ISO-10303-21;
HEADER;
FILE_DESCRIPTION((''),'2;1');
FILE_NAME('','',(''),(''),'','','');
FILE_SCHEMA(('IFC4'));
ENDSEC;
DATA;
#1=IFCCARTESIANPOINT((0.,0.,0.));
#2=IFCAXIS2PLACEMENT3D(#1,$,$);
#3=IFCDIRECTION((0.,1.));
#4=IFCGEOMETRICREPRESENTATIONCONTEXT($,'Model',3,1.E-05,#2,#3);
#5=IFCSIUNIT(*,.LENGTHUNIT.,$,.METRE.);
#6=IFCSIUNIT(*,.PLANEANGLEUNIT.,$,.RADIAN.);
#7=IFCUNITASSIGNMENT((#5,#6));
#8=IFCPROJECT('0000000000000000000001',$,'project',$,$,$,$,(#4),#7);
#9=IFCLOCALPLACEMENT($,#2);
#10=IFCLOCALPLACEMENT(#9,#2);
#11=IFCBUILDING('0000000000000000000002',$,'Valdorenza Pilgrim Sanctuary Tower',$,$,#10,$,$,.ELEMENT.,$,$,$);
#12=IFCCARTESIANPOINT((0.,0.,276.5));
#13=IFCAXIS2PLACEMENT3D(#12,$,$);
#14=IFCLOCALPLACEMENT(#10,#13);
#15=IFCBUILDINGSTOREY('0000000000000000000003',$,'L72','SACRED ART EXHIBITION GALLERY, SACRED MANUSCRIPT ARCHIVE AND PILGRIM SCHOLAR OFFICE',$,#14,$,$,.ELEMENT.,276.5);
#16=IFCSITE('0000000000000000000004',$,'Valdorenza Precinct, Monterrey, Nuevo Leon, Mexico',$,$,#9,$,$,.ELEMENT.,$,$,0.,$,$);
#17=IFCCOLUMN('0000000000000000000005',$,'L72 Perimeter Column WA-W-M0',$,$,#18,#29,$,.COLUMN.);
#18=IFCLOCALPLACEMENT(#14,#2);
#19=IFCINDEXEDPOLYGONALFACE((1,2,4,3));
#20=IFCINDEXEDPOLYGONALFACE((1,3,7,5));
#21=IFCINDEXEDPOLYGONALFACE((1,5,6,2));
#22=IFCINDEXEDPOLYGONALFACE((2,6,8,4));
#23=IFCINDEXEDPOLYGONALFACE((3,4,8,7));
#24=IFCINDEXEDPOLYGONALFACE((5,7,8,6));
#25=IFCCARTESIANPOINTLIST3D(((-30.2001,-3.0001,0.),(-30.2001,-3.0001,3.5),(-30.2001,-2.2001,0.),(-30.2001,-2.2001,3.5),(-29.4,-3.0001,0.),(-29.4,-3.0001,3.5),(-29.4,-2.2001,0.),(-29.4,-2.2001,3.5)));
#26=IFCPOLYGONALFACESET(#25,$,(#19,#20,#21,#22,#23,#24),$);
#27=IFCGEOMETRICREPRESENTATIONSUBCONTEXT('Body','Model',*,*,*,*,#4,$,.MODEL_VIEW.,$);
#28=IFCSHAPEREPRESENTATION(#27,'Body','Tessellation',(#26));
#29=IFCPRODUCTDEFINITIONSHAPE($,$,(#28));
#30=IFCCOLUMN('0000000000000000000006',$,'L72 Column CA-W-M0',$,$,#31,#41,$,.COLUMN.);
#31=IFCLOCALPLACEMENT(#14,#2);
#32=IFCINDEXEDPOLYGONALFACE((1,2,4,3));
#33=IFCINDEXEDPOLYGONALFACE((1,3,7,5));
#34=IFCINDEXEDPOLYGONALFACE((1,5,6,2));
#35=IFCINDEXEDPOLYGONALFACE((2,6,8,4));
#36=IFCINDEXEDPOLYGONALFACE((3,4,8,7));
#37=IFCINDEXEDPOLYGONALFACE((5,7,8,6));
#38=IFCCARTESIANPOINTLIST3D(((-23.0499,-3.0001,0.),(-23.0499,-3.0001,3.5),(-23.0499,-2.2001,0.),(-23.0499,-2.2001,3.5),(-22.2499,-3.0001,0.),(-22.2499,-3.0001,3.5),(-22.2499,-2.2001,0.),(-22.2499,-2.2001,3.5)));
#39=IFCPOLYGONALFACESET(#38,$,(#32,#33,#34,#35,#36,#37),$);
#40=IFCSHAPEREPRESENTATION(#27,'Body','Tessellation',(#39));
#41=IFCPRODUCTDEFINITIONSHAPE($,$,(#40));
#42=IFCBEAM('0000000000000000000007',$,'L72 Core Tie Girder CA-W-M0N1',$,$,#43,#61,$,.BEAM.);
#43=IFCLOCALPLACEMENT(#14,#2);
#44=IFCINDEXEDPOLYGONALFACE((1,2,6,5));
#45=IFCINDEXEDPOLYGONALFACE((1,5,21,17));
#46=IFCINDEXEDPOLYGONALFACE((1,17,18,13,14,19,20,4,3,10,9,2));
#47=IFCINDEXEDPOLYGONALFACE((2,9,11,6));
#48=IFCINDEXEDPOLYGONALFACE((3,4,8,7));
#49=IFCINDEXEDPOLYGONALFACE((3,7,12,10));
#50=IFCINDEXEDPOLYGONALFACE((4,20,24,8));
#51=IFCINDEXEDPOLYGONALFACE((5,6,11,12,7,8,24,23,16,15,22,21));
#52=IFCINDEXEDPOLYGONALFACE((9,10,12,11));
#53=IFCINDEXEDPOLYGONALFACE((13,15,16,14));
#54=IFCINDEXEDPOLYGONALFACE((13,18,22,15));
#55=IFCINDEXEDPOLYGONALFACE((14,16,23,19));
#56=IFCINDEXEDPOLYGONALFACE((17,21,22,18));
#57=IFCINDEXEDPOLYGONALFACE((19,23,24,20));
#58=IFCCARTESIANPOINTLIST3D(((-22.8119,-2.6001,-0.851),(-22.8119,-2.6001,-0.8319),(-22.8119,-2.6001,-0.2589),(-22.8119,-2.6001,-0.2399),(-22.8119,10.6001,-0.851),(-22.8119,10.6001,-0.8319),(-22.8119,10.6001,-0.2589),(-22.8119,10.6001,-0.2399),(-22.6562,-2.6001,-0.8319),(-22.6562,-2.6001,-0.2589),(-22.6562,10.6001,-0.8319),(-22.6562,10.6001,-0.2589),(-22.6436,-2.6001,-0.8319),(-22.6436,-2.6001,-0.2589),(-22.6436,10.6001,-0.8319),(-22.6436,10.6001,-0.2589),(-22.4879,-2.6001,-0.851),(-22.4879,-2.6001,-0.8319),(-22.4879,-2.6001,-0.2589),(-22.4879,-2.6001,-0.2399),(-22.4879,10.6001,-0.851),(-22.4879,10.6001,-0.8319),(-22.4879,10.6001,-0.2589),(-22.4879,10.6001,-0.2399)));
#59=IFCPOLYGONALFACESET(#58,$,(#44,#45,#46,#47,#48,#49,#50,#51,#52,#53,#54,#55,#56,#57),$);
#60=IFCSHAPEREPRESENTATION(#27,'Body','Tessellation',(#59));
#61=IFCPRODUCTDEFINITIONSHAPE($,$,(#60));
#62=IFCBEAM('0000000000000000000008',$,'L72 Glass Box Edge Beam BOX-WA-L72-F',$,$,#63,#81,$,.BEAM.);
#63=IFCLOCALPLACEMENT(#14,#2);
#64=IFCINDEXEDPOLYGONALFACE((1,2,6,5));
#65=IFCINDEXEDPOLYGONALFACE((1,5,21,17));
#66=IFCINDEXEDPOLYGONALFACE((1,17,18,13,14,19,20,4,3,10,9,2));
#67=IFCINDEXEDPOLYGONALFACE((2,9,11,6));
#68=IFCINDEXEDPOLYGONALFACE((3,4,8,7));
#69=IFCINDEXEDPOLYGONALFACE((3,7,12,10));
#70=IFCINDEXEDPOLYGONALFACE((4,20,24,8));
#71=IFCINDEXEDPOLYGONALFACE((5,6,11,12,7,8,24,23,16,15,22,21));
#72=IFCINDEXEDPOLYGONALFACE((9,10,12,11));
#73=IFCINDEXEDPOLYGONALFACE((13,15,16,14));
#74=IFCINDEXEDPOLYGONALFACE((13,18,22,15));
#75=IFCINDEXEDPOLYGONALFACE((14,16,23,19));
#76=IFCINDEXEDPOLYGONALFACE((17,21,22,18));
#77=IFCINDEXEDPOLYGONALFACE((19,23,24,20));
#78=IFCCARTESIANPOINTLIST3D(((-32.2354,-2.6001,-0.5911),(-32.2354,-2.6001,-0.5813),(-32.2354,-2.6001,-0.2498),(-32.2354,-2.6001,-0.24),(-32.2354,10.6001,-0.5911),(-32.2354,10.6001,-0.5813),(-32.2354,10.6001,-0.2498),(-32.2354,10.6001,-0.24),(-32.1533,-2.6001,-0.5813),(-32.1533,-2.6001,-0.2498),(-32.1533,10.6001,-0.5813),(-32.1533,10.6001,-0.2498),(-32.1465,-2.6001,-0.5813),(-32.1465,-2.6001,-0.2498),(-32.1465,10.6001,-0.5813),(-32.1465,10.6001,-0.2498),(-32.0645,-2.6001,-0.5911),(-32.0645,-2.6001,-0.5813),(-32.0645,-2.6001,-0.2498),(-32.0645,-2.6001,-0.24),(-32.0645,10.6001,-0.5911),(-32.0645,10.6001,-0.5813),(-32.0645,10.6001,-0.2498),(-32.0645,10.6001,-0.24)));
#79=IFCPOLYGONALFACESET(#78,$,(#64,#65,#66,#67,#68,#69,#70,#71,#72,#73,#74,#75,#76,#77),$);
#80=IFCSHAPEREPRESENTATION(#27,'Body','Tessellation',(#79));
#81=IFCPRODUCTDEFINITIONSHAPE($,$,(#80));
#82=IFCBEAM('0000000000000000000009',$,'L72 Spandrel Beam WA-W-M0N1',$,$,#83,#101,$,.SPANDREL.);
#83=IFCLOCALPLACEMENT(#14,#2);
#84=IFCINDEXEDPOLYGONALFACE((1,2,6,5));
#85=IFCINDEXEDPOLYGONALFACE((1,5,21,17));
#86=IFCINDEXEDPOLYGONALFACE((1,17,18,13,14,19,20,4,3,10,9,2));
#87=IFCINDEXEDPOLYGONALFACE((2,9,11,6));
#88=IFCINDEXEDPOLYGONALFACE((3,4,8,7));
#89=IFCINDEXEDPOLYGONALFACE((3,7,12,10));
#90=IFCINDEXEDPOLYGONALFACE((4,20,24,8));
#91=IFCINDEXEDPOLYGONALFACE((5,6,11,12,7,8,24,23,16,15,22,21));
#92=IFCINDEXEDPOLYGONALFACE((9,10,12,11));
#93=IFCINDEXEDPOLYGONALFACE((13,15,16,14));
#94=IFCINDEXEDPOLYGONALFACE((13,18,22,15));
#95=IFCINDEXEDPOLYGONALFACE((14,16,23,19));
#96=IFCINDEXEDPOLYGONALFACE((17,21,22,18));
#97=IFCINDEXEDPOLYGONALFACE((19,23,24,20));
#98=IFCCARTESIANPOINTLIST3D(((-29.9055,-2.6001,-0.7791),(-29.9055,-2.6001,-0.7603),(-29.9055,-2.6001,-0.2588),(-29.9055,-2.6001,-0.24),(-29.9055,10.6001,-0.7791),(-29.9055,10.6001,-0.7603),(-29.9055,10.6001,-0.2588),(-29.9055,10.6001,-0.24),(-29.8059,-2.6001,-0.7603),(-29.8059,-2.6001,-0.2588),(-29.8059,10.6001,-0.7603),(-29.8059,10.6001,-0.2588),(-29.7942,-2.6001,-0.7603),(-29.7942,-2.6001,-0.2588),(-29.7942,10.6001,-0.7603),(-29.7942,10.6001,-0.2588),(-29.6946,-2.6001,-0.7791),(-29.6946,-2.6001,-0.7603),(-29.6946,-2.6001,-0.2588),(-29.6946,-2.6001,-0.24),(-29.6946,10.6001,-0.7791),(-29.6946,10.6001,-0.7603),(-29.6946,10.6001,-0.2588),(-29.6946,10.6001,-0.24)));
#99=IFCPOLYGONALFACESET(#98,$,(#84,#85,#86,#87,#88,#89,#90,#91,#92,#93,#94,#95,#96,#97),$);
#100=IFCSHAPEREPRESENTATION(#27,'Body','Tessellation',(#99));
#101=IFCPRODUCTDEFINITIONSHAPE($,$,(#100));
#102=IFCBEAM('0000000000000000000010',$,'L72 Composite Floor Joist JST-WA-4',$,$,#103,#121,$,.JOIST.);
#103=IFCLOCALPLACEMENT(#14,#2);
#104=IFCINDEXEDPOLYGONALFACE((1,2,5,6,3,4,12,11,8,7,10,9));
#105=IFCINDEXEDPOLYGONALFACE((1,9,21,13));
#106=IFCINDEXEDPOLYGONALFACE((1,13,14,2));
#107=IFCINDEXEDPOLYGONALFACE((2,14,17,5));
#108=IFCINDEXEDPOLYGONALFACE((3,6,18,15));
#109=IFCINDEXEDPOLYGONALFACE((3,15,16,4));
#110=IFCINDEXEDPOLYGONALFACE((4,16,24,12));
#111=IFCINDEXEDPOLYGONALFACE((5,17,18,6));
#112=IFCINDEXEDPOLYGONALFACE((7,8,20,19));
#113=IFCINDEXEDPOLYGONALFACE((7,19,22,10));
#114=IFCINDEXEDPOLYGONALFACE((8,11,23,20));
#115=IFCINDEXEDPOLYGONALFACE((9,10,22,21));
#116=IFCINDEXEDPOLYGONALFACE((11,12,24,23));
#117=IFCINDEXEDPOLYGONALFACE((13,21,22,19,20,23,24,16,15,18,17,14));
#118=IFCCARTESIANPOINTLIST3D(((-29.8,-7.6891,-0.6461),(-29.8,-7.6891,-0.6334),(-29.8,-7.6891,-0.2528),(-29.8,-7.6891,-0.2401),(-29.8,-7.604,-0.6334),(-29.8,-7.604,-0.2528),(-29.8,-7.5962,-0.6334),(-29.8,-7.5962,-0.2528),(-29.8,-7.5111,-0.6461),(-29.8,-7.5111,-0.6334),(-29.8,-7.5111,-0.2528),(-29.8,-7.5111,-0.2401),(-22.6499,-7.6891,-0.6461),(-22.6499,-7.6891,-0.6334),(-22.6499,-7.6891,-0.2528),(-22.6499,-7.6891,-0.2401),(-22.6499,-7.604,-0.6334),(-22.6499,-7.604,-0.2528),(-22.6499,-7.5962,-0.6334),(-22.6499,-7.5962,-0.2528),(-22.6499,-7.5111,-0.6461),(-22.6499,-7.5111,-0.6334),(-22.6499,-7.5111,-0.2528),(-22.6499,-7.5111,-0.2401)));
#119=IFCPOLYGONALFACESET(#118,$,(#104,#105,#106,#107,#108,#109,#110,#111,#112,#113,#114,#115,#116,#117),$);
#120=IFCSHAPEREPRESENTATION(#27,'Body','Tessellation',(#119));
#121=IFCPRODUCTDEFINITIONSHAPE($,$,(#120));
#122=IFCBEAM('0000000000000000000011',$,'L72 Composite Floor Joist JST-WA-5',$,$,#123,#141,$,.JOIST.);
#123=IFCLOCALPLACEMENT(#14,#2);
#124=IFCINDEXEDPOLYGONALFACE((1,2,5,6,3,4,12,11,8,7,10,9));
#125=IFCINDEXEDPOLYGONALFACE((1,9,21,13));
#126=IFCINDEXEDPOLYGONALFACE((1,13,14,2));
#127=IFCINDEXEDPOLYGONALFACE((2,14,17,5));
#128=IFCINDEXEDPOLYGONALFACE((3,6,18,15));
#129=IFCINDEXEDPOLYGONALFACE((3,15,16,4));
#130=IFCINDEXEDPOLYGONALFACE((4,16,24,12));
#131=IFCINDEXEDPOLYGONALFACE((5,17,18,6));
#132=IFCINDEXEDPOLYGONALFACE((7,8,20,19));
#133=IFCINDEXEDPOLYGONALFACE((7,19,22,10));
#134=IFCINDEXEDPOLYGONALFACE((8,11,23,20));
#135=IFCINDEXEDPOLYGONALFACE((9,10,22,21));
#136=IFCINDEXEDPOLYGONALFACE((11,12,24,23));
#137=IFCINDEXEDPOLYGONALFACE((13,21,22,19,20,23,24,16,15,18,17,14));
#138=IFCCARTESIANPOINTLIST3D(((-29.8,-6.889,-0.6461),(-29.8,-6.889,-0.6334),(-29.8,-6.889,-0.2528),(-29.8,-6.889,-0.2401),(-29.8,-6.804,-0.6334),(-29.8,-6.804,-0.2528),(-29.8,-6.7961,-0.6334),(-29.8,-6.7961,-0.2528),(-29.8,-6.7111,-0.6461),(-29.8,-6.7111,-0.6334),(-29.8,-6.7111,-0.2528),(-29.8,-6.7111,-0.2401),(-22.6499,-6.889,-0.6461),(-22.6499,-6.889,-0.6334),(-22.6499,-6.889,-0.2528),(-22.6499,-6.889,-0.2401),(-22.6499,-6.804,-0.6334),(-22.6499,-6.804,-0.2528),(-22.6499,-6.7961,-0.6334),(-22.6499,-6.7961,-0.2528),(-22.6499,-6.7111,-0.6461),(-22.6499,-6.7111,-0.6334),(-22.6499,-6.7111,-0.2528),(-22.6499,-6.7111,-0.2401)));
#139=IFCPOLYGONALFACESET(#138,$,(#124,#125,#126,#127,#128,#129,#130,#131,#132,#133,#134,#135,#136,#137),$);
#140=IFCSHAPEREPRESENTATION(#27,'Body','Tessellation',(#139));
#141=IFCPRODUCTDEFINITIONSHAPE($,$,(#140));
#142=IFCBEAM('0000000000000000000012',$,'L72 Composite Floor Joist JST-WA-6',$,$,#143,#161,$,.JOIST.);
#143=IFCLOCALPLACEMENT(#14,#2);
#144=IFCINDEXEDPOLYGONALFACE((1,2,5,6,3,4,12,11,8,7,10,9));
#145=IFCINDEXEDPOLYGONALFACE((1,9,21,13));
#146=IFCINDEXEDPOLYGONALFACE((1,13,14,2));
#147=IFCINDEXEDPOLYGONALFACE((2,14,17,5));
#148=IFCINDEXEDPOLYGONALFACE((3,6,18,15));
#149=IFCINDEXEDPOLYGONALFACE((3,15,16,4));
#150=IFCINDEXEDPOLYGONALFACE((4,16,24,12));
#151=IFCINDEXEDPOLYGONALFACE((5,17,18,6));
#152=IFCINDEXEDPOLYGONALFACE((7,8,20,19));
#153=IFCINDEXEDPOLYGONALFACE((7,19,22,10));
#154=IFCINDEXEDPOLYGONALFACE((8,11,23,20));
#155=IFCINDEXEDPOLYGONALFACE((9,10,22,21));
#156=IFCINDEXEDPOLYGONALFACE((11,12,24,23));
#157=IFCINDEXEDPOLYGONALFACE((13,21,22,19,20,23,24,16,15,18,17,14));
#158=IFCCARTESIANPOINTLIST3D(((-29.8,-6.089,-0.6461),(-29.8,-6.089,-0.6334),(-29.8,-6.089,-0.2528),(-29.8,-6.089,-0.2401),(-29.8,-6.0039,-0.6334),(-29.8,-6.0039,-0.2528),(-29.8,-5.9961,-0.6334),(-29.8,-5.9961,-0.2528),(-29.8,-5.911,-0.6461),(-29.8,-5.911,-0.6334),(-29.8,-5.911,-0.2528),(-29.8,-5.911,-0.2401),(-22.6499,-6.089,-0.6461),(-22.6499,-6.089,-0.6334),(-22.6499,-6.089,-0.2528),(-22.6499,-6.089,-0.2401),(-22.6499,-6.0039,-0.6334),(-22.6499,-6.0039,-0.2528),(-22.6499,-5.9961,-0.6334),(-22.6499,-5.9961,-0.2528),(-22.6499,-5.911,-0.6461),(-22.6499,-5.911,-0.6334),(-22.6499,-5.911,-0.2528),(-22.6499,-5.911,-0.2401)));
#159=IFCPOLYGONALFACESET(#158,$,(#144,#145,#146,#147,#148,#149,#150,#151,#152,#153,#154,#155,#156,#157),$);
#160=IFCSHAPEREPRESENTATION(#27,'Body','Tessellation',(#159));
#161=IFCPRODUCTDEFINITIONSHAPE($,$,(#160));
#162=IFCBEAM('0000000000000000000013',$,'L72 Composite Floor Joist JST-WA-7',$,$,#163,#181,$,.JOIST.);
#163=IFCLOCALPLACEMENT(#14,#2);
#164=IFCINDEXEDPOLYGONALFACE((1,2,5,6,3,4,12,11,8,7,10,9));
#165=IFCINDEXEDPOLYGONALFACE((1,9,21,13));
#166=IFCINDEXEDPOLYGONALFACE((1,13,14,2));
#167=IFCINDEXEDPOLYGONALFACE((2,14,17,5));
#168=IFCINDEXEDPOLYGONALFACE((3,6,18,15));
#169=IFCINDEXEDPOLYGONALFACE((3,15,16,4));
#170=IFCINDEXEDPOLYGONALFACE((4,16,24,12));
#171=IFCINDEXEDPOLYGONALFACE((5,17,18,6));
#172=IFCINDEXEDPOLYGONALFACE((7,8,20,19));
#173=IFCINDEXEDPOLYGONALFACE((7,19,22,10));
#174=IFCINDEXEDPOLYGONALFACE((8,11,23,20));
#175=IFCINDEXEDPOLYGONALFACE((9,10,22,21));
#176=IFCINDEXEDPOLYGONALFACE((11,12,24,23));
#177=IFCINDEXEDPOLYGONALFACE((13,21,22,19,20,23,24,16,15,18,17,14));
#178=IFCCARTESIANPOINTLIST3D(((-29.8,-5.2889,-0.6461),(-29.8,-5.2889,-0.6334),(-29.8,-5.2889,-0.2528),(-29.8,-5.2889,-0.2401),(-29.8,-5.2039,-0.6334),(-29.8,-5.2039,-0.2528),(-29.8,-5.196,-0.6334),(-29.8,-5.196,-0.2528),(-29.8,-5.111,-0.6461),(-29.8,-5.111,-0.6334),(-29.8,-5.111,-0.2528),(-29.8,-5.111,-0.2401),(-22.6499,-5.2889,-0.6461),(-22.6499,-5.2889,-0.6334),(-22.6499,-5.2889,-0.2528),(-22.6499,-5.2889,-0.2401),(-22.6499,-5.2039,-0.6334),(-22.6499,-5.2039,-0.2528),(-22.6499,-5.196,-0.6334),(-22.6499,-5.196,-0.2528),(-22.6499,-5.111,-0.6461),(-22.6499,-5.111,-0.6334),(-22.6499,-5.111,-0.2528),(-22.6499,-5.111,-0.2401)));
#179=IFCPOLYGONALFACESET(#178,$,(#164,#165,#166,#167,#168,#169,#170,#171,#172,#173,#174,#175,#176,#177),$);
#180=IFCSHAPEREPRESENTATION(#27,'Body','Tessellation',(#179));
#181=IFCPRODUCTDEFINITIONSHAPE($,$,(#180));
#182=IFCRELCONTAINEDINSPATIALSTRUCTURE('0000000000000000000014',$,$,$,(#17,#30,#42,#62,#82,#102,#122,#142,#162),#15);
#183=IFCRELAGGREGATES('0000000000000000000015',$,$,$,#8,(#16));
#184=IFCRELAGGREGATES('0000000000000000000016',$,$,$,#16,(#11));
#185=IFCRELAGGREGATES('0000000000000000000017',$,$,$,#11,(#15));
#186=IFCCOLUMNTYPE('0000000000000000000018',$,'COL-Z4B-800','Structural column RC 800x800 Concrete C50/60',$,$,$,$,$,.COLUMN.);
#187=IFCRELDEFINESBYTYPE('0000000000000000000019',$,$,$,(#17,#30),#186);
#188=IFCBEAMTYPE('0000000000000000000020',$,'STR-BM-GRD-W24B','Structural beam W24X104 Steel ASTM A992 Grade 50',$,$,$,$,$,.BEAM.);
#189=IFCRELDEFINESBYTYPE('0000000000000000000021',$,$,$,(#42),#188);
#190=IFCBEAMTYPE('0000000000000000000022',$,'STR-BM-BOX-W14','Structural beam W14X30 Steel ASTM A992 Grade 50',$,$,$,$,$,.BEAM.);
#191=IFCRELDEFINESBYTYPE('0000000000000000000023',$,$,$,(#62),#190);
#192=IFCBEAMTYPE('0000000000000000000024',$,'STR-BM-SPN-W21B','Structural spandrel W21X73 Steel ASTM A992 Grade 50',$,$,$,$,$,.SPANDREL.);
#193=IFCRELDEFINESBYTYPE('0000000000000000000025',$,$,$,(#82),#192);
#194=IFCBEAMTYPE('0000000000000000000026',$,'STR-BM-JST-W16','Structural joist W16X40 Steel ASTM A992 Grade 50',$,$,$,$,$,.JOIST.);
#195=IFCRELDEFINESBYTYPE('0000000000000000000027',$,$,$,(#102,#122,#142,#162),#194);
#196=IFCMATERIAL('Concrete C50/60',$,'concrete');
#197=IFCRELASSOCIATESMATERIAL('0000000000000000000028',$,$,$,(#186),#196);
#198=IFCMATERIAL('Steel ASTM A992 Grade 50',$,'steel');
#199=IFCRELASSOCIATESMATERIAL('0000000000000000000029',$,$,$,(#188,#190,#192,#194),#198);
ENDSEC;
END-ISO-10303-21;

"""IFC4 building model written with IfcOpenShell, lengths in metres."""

from ifc_helpers import new_model, si_unit, direction, frame, origin, origin_2d, place, context, subcontext, project, spatial, rectangle, i_section, extrude, source, transform, mapped, material, material_profile, profile_set, type_object, element, save


model = new_model("IFC4")

# Units and contexts
model_context = context("Model", 3, precision=1e-05, world=origin(), true_north=direction((0.0, 1.0)))
body_context = subcontext(model_context, "Body", "Model", "MODEL_VIEW")
ifc_project = project(units=[si_unit("LENGTHUNIT", "METRE"), si_unit("PLANEANGLEUNIT", "RADIAN")], contexts=[model_context])

# Site, building, storey
site_placement = place(None, origin())
site = spatial("IfcSite", under=ifc_project, at=site_placement, Name="Valdorenza Precinct, Monterrey, Nuevo Leon, Mexico", CompositionType="ELEMENT", RefElevation=0.0)
building_placement = place(site_placement, origin())
building = spatial("IfcBuilding", under=site, at=building_placement, Name="Valdorenza Pilgrim Sanctuary Tower", CompositionType="ELEMENT")
storey_placement = place(building_placement, frame((0.0, 0.0, 276.5)))
storey = spatial("IfcBuildingStorey", under=building, at=storey_placement, Name="L72", Description="SACRED ART EXHIBITION GALLERY, SACRED MANUSCRIPT ARCHIVE AND PILGRIM SCHOLAR OFFICE", CompositionType="ELEMENT", Elevation=276.5)

# Columns
ifc_material_1 = material(Name="Concrete C50/60", Category="concrete")
ifc_material_profile_1 = material_profile(ifc_material_1, rectangle(XDim=0.8, YDim=0.8, at=origin_2d()), Name="RC 800x800")
ifc_profile_set_1 = profile_set([ifc_material_profile_1], Name="Concrete C50/60")
column_type = type_object("IfcColumnType", Name="COL-Z4B-800", Description="Structural column RC 800x800 Concrete C50/60", PredefinedType="COLUMN", material=ifc_profile_set_1)
shared_shape_1 = source(origin(), body_context, "Body", "SweptSolid", [
    extrude(rectangle(XDim=0.8, YDim=0.8, at=origin_2d()), origin(), (0.0, 0.0, 1.0), 3.5),
])
for number, where, z_axis, x_axis, name in (
    (1, (-29.8, -2.6001, 0.0), (0.0, 0.0, 1.0), (1.0, 0.0, 0.0), "L72 Perimeter Column WA-W-M0"),
    (2, (-22.6499, -2.6001, 0.0), (0.0, 0.0, 1.0), (1.0, 0.0, 0.0), "L72 Column CA-W-M0"),
):
    element("IfcColumn", number, at=place(storey_placement, frame(where, z_axis=z_axis, x_axis=x_axis)), inside=storey, type_object=column_type, Name=name, PredefinedType="COLUMN", context=body_context, shape_type="MappedRepresentation", body=[
        mapped(shared_shape_1, transform((0.0, 0.0, 0.0), x_axis=(1.0, 0.0, 0.0), y_axis=(0.0, 1.0, 0.0), z_axis=(0.0, 0.0, 1.0), scale=1.0)),
    ])

# Beams
ifc_material_2 = material(Name="Steel ASTM A992 Grade 50", Category="steel")
ifc_material_profile_2 = material_profile(ifc_material_2, i_section(OverallWidth=0.324, OverallDepth=0.6111, WebThickness=0.0127, FlangeThickness=0.019, at=origin_2d()), Name="W24X104")
ifc_profile_set_2 = profile_set([ifc_material_profile_2], Name="Steel ASTM A992 Grade 50")
beam_type_1 = type_object("IfcBeamType", Name="STR-BM-GRD-W24B", Description="Structural beam W24X104 Steel ASTM A992 Grade 50", PredefinedType="BEAM", material=ifc_profile_set_2)
shared_shape_2 = source(origin(), body_context, "Body", "SweptSolid", [
    extrude(i_section(OverallWidth=0.324, OverallDepth=0.6111, WebThickness=0.0127, FlangeThickness=0.019, at=origin_2d()), origin(), (0.0, 0.0, 1.0), 13.2002),
])
beam_1_placement = place(storey_placement, frame((-22.6499, -2.6001, -0.5454), z_axis=(0.0, 1.0, 0.0), x_axis=(-1.0, 0.0, 0.0)))
element("IfcBeam", 3, at=beam_1_placement, inside=storey, type_object=beam_type_1, Name="L72 Core Tie Girder CA-W-M0N1", PredefinedType="BEAM", context=body_context, shape_type="MappedRepresentation", body=[
    mapped(shared_shape_2, transform((0.0, 0.0, 0.0), x_axis=(1.0, 0.0, 0.0), y_axis=(0.0, 1.0, 0.0), z_axis=(0.0, 0.0, 1.0), scale=1.0)),
])
ifc_material_profile_3 = material_profile(ifc_material_2, i_section(OverallWidth=0.1709, OverallDepth=0.3511, WebThickness=0.0068, FlangeThickness=0.0098, at=origin_2d()), Name="W14X30")
ifc_profile_set_3 = profile_set([ifc_material_profile_3], Name="Steel ASTM A992 Grade 50")
beam_type_2 = type_object("IfcBeamType", Name="STR-BM-BOX-W14", Description="Structural beam W14X30 Steel ASTM A992 Grade 50", PredefinedType="BEAM", material=ifc_profile_set_3)
shared_shape_3 = source(origin(), body_context, "Body", "SweptSolid", [
    extrude(i_section(OverallWidth=0.1709, OverallDepth=0.3511, WebThickness=0.0068, FlangeThickness=0.0098, at=origin_2d()), origin(), (0.0, 0.0, 1.0), 13.2002),
])
beam_2_placement = place(storey_placement, frame((-32.1499, -2.6001, -0.4155), z_axis=(0.0, 1.0, 0.0), x_axis=(-1.0, 0.0, 0.0)))
element("IfcBeam", 4, at=beam_2_placement, inside=storey, type_object=beam_type_2, Name="L72 Glass Box Edge Beam BOX-WA-L72-F", PredefinedType="BEAM", context=body_context, shape_type="MappedRepresentation", body=[
    mapped(shared_shape_3, transform((0.0, 0.0, 0.0), x_axis=(1.0, 0.0, 0.0), y_axis=(0.0, 1.0, 0.0), z_axis=(0.0, 0.0, 1.0), scale=1.0)),
])
ifc_material_profile_4 = material_profile(ifc_material_2, i_section(OverallWidth=0.2109, OverallDepth=0.5391, WebThickness=0.0117, FlangeThickness=0.0188, at=origin_2d()), Name="W21X73")
ifc_profile_set_4 = profile_set([ifc_material_profile_4], Name="Steel ASTM A992 Grade 50")
beam_type_3 = type_object("IfcBeamType", Name="STR-BM-SPN-W21B", Description="Structural spandrel W21X73 Steel ASTM A992 Grade 50", PredefinedType="SPANDREL", material=ifc_profile_set_4)
shared_shape_4 = source(origin(), body_context, "Body", "SweptSolid", [
    extrude(i_section(OverallWidth=0.2109, OverallDepth=0.5391, WebThickness=0.0117, FlangeThickness=0.0188, at=origin_2d()), origin(), (0.0, 0.0, 1.0), 13.2002),
])
beam_3_placement = place(storey_placement, frame((-29.8, -2.6001, -0.5095), z_axis=(0.0, 1.0, 0.0), x_axis=(-1.0, 0.0, 0.0)))
element("IfcBeam", 5, at=beam_3_placement, inside=storey, type_object=beam_type_3, Name="L72 Spandrel Beam WA-W-M0N1", PredefinedType="SPANDREL", context=body_context, shape_type="MappedRepresentation", body=[
    mapped(shared_shape_4, transform((0.0, 0.0, 0.0), x_axis=(1.0, 0.0, 0.0), y_axis=(0.0, 1.0, 0.0), z_axis=(0.0, 0.0, 1.0), scale=1.0)),
])
ifc_material_profile_5 = material_profile(ifc_material_2, i_section(OverallWidth=0.178, OverallDepth=0.406, WebThickness=0.0078, FlangeThickness=0.0127, at=origin_2d()), Name="W16X40")
ifc_profile_set_5 = profile_set([ifc_material_profile_5], Name="Steel ASTM A992 Grade 50")
beam_type_4 = type_object("IfcBeamType", Name="STR-BM-JST-W16", Description="Structural joist W16X40 Steel ASTM A992 Grade 50", PredefinedType="JOIST", material=ifc_profile_set_5)
shared_shape_5 = source(origin(), body_context, "Body", "SweptSolid", [
    extrude(i_section(OverallWidth=0.178, OverallDepth=0.406, WebThickness=0.0078, FlangeThickness=0.0127, at=origin_2d()), origin(), (0.0, 0.0, 1.0), 7.1501),
])
for number, where, z_axis, x_axis, name in (
    (6, (-29.8, -7.6001, -0.4431), (1.0, 0.0, 0.0), (0.0, 1.0, 0.0), "L72 Composite Floor Joist JST-WA-4"),
    (7, (-29.8, -6.8, -0.4431), (1.0, 0.0, 0.0), (0.0, 1.0, 0.0), "L72 Composite Floor Joist JST-WA-5"),
    (8, (-29.8, -6.0, -0.4431), (1.0, 0.0, 0.0), (0.0, 1.0, 0.0), "L72 Composite Floor Joist JST-WA-6"),
    (9, (-29.8, -5.2, -0.4431), (1.0, 0.0, 0.0), (0.0, 1.0, 0.0), "L72 Composite Floor Joist JST-WA-7"),
):
    element("IfcBeam", number, at=place(storey_placement, frame(where, z_axis=z_axis, x_axis=x_axis)), inside=storey, type_object=beam_type_4, Name=name, PredefinedType="JOIST", context=body_context, shape_type="MappedRepresentation", body=[
        mapped(shared_shape_5, transform((0.0, 0.0, 0.0), x_axis=(1.0, 0.0, 0.0), y_axis=(0.0, 1.0, 0.0), z_axis=(0.0, 0.0, 1.0), scale=1.0)),
    ])

save(model, "model.ifc")
